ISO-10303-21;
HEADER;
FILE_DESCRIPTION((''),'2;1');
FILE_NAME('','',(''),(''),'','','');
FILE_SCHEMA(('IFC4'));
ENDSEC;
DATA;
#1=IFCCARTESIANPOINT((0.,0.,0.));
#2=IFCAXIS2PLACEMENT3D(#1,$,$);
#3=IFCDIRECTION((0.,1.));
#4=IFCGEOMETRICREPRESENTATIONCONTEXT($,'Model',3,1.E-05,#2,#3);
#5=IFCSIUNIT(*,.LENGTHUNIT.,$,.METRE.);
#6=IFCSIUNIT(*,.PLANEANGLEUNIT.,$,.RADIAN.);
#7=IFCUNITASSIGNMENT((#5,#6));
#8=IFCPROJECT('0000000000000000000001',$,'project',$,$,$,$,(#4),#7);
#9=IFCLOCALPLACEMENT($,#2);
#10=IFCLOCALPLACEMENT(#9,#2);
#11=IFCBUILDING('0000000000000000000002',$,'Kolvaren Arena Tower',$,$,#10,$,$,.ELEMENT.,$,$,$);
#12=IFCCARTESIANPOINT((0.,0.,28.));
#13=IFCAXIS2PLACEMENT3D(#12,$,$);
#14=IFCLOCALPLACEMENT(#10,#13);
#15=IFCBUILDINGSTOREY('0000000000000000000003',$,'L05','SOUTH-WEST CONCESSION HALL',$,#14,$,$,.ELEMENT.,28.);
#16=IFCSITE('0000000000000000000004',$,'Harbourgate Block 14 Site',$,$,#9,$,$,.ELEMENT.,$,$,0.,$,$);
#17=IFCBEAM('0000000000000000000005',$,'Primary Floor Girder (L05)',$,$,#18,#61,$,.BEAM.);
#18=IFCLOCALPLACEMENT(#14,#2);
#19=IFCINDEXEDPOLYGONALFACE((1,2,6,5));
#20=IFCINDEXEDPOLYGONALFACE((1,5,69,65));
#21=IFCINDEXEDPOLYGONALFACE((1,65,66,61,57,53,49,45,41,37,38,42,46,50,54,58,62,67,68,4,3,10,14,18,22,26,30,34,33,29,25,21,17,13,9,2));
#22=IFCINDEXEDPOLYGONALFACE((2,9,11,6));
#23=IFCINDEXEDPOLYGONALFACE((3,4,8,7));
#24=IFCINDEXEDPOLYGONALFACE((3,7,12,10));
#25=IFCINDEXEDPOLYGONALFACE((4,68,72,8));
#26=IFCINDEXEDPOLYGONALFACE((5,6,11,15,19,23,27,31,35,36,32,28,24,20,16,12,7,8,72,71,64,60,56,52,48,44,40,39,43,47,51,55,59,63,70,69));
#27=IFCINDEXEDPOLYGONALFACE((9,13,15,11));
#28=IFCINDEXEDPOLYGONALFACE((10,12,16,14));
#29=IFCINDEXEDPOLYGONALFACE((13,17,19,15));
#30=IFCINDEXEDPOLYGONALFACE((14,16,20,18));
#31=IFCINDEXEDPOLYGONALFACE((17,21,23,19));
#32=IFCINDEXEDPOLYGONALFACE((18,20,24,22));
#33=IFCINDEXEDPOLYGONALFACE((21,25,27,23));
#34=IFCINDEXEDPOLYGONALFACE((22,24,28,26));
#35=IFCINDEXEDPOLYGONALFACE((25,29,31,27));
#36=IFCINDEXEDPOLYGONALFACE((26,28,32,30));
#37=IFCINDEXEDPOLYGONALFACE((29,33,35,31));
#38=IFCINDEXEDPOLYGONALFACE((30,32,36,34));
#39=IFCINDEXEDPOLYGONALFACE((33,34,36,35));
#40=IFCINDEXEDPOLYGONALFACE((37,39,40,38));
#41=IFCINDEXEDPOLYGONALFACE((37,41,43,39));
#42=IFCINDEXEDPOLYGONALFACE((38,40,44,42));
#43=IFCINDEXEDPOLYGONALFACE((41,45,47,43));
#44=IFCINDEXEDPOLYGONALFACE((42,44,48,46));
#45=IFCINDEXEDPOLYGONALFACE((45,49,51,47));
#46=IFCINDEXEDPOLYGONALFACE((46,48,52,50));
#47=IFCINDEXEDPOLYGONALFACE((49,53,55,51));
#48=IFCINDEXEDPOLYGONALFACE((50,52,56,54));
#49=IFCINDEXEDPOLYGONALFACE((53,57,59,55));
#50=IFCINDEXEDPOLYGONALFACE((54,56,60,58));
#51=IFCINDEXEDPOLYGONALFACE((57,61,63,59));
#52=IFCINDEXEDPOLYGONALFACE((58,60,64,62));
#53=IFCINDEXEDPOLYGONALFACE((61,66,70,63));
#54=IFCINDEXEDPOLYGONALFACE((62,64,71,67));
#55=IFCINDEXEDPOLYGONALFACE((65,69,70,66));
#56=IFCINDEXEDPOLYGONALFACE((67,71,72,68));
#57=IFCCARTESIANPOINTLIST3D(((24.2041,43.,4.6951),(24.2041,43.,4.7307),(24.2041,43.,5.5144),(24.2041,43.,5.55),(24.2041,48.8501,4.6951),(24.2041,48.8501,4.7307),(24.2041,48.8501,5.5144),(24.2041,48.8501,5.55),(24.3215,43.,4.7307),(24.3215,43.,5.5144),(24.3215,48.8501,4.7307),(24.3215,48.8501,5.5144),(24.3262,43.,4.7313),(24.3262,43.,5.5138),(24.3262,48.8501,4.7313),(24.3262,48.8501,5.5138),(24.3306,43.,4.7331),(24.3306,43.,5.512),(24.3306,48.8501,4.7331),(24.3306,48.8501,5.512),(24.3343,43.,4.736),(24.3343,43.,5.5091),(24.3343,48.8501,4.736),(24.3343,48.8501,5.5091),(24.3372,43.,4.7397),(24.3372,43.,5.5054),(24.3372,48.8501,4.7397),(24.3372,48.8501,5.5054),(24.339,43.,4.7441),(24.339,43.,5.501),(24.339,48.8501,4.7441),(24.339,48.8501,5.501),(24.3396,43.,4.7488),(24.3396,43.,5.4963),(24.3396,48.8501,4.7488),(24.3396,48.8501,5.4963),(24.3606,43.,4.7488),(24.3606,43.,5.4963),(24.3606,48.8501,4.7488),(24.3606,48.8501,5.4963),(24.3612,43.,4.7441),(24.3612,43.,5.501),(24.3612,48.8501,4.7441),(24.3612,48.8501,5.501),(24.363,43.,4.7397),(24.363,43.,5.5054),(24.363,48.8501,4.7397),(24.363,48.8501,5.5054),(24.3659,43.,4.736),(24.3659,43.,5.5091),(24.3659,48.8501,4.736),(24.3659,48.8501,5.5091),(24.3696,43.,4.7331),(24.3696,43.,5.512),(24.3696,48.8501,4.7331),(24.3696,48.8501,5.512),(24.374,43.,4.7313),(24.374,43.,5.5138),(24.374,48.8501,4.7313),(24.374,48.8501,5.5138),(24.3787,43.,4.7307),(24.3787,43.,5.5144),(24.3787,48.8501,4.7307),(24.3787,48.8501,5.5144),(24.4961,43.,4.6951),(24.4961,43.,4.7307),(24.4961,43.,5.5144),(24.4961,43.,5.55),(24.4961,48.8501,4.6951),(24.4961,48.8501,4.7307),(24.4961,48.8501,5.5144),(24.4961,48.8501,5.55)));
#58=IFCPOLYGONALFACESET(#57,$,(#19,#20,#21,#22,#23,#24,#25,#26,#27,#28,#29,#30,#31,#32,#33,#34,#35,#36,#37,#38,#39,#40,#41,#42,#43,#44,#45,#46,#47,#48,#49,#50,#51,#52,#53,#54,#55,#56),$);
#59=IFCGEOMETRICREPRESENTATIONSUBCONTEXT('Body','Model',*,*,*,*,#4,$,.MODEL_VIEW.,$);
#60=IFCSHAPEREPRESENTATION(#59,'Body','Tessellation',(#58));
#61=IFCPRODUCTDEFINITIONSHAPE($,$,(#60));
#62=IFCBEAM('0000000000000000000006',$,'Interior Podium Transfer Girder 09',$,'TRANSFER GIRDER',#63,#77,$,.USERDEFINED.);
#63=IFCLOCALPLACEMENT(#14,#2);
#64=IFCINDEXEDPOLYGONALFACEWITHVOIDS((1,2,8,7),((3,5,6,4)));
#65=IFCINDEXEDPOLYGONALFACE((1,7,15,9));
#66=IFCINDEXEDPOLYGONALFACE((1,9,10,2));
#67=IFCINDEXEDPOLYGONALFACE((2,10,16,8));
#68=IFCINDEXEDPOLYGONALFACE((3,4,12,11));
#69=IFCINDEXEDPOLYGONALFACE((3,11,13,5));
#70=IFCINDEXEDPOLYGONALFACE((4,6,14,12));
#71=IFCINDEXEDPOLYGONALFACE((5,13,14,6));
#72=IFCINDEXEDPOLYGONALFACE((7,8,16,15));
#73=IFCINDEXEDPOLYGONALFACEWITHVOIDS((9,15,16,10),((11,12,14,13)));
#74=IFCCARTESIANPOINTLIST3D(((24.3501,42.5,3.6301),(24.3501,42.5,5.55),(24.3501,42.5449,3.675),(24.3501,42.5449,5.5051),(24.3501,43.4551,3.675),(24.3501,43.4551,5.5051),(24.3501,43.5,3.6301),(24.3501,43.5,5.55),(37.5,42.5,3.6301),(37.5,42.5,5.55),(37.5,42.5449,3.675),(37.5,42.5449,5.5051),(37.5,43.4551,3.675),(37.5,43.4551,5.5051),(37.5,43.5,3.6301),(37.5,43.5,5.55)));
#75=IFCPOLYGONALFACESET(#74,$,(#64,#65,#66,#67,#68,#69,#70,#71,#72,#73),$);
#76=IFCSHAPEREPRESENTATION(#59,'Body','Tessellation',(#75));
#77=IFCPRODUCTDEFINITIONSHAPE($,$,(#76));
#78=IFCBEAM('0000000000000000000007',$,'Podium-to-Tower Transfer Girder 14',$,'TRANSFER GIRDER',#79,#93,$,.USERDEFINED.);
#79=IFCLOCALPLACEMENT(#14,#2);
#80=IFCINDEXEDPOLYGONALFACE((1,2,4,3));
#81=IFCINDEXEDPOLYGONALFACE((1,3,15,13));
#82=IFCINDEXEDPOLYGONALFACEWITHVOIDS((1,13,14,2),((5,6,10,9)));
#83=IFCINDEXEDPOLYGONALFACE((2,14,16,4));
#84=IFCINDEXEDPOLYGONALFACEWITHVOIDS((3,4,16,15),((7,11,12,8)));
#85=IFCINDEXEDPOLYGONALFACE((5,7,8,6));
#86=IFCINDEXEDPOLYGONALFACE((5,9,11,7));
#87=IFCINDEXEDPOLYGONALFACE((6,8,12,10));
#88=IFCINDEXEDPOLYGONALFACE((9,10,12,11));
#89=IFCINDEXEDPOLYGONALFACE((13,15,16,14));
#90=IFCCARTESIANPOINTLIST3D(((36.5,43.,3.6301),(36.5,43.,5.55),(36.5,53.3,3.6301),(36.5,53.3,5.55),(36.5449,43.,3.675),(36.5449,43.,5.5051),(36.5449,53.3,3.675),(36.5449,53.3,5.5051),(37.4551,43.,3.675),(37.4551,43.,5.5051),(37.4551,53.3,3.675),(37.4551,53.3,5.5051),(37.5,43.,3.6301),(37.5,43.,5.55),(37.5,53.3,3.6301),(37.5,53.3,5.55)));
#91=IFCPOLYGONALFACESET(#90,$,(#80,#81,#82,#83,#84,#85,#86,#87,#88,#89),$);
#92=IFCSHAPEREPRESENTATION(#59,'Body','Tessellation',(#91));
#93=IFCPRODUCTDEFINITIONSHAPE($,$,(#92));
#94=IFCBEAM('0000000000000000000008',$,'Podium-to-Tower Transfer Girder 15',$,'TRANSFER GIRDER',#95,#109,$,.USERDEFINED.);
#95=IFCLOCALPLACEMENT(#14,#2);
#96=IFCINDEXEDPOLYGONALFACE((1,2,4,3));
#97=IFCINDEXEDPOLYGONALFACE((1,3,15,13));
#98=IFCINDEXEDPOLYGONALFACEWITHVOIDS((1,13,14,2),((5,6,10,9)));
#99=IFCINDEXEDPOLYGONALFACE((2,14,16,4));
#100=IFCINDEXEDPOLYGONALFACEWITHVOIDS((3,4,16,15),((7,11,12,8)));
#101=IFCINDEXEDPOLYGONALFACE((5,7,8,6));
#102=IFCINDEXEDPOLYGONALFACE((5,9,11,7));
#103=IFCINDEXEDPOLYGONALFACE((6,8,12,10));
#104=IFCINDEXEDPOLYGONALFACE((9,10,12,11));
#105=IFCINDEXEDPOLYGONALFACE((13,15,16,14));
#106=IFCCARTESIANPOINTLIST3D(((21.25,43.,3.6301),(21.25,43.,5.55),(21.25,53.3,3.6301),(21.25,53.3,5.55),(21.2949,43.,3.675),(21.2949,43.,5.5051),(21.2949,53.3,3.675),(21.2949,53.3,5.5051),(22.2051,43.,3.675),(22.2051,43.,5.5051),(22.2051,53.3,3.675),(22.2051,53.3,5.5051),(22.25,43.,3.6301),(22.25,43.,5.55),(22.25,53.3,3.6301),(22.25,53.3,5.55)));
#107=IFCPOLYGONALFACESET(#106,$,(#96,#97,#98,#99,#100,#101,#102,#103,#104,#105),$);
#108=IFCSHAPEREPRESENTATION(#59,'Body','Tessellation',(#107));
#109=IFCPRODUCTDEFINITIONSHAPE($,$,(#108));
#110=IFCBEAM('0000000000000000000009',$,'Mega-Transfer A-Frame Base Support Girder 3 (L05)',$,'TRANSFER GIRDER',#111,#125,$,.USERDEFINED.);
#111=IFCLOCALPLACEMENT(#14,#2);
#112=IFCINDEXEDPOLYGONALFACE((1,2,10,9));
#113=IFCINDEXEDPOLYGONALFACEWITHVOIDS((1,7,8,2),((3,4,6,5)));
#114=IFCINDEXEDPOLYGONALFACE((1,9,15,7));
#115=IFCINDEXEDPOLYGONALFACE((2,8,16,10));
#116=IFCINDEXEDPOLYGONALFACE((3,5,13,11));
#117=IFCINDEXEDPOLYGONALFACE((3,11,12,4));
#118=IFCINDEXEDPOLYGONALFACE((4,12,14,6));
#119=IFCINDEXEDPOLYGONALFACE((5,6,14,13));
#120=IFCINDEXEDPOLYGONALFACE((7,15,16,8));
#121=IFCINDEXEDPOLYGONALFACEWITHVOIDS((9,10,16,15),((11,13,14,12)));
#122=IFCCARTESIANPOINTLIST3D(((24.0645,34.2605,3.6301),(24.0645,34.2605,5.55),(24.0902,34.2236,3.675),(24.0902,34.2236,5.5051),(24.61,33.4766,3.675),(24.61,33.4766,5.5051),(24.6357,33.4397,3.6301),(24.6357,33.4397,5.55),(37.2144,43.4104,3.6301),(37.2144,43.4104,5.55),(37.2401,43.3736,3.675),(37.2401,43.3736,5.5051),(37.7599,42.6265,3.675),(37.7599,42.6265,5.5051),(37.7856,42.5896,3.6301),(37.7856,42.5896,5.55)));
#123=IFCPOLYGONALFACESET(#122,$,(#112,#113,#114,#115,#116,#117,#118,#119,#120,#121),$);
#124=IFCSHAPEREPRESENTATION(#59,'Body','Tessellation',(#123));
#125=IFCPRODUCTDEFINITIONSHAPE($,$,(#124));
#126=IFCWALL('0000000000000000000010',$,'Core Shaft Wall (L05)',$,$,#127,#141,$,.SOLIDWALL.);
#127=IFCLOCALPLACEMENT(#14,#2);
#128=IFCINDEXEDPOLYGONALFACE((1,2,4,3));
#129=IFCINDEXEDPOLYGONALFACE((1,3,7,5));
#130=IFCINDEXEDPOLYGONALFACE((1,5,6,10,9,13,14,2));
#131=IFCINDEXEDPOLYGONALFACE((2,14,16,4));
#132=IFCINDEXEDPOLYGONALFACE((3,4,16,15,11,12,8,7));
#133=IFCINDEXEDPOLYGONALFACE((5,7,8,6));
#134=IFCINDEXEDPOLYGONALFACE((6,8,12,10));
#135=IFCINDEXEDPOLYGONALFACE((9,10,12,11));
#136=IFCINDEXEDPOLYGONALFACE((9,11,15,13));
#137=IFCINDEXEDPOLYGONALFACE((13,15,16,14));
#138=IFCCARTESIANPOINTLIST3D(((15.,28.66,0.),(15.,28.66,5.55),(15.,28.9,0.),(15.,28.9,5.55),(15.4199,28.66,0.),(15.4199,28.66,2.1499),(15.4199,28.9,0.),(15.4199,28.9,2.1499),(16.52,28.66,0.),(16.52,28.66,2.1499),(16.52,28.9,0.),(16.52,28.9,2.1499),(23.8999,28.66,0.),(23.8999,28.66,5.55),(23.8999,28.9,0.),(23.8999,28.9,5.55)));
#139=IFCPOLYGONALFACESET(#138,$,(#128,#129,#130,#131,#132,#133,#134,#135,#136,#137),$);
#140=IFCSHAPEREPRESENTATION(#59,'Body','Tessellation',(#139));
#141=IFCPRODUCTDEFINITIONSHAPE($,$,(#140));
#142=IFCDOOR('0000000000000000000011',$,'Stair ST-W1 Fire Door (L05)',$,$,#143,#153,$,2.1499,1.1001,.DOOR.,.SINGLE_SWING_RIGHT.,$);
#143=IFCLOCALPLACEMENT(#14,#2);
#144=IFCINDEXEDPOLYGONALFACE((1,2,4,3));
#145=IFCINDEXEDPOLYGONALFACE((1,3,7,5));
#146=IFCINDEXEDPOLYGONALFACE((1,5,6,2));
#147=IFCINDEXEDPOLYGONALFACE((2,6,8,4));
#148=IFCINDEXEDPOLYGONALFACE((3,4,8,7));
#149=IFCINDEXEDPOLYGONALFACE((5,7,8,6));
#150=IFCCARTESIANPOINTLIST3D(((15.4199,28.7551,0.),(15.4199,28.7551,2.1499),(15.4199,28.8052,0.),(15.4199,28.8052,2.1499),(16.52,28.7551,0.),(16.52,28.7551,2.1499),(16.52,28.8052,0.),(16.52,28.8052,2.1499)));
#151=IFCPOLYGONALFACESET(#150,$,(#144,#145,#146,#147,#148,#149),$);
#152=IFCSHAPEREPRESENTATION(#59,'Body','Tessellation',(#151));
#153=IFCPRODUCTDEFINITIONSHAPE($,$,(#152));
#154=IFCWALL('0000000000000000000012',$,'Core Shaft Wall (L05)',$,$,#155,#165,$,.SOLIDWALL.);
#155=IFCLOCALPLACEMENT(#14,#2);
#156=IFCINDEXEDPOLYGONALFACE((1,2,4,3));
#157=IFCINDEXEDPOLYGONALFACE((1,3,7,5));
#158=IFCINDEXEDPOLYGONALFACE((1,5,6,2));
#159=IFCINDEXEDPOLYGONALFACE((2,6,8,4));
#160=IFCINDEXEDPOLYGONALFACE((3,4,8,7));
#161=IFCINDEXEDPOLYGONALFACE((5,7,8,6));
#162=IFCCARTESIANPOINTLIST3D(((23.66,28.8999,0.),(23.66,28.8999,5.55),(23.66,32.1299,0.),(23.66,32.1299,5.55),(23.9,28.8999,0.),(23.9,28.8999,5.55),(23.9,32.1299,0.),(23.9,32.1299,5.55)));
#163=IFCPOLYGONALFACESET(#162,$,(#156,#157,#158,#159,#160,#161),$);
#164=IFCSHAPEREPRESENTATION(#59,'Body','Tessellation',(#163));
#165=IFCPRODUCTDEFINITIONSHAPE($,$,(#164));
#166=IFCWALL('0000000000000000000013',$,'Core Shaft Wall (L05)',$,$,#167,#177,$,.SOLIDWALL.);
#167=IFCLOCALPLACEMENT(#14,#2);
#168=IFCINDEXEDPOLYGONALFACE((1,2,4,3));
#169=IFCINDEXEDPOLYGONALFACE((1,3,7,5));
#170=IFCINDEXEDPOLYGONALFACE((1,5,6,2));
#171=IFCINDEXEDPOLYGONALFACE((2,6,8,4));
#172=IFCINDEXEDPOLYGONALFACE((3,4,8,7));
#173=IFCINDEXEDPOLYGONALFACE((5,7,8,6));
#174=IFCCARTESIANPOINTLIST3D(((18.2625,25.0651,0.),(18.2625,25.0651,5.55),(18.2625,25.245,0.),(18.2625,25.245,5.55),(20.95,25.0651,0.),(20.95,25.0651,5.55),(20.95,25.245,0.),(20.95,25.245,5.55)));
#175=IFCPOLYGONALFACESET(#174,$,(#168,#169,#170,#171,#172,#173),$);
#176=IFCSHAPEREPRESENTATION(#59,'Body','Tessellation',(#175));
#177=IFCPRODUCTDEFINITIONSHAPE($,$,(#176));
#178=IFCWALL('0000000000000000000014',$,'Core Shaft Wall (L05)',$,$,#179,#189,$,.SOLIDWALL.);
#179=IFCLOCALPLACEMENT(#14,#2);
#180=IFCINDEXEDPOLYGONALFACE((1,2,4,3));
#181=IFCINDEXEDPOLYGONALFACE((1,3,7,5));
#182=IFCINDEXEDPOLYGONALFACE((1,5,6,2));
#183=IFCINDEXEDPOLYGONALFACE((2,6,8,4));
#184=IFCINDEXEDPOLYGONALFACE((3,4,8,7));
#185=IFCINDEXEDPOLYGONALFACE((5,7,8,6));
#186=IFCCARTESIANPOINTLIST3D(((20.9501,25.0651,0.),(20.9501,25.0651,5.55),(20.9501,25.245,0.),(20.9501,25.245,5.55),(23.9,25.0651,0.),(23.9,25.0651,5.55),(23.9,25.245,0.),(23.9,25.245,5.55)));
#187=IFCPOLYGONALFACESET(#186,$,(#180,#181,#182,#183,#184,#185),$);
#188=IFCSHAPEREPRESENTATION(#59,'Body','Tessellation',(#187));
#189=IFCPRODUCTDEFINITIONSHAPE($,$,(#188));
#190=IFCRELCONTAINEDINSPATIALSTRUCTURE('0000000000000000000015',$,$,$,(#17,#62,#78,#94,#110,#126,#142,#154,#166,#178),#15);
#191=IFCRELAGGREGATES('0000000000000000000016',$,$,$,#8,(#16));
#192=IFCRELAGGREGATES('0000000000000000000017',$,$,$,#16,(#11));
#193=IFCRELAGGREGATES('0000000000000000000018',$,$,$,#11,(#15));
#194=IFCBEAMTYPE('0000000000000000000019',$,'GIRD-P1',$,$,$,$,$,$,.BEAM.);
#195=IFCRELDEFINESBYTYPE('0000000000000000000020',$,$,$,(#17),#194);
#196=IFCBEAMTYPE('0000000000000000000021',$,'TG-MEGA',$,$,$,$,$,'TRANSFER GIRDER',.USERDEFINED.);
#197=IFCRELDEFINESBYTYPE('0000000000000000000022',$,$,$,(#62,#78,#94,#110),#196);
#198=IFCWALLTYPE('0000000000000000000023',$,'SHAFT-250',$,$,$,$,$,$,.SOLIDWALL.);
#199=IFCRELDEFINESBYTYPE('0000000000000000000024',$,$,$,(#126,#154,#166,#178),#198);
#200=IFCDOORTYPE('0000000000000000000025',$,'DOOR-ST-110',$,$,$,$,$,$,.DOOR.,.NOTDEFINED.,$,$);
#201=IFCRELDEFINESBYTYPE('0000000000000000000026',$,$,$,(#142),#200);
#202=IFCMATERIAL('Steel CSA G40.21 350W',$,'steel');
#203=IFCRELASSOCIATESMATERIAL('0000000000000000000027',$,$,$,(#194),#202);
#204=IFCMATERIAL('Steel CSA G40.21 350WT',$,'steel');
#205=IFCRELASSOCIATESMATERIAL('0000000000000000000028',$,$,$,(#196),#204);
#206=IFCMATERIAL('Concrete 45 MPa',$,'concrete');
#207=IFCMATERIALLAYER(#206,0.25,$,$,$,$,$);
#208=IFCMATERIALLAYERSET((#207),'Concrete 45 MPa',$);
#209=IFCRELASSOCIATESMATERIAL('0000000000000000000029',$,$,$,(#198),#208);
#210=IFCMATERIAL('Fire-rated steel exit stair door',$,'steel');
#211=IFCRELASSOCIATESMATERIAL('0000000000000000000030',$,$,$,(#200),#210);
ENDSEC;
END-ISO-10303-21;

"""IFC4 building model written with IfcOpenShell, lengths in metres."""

from ifc_helpers import new_model, si_unit, direction, frame, frame_2d, origin, origin_2d, place, context, subcontext, project, spatial, rectangle, hollow_rectangle, i_section, extrude, material, layer, layer_set, material_profile, profile_set, type_object, element, fill, save


model = new_model("IFC4")

# Units and contexts
model_context = context("Model", 3, precision=1e-05, world=origin(), true_north=direction((0.0, 1.0)))
body_context = subcontext(model_context, "Body", "Model", "MODEL_VIEW")
ifc_project = project(units=[si_unit("LENGTHUNIT", "METRE"), si_unit("PLANEANGLEUNIT", "RADIAN")], contexts=[model_context])

# Site, building, storey
site_placement = place(None, origin())
site = spatial("IfcSite", under=ifc_project, at=site_placement, Name="Harbourgate Block 14 Site", CompositionType="ELEMENT", RefElevation=0.0)
building_placement = place(site_placement, origin())
building = spatial("IfcBuilding", under=site, at=building_placement, Name="Kolvaren Arena Tower", CompositionType="ELEMENT")
storey_placement = place(building_placement, frame((0.0, 0.0, 28.0)))
storey = spatial("IfcBuildingStorey", under=building, at=storey_placement, Name="L05", Description="SOUTH-WEST CONCESSION HALL", CompositionType="ELEMENT", Elevation=28.0)

# Beams
ifc_material_1 = material(Name="Steel CSA G40.21 350W", Category="steel")
ifc_material_profile_1 = material_profile(ifc_material_1, i_section(OverallWidth=0.292, OverallDepth=0.855, WebThickness=0.021, FlangeThickness=0.0356, FilletRadius=0.0181, at=origin_2d()), Name="W840x299")
ifc_profile_set_1 = profile_set([ifc_material_profile_1], Name="Steel CSA G40.21 350W")
beam_type_1 = type_object("IfcBeamType", Name="GIRD-P1", PredefinedType="BEAM", material=ifc_profile_set_1)
beam_1_placement = place(storey_placement, frame((24.3501, 43.0, 5.1226), z_axis=(0.0, 1.0, 0.0), x_axis=(-1.0, 0.0, 0.0)))
element("IfcBeam", 1, at=beam_1_placement, inside=storey, type_object=beam_type_1, Name="Primary Floor Girder (L05)", PredefinedType="BEAM", context=body_context, shape_type="SweptSolid", body=[
    extrude(i_section(OverallWidth=0.292, OverallDepth=0.855, WebThickness=0.021, FlangeThickness=0.0356, FilletRadius=0.0181, at=origin_2d()), origin(), (0.0, 0.0, 1.0), 5.8501),
])
ifc_material_2 = material(Name="Steel CSA G40.21 350WT", Category="steel")
ifc_material_profile_2 = material_profile(ifc_material_2, hollow_rectangle(XDim=1.0, YDim=1.9199, WallThickness=0.0449, at=origin_2d()), Name="BOX 1000x1920x45")
ifc_profile_set_2 = profile_set([ifc_material_profile_2], Name="Steel CSA G40.21 350WT")
beam_type_2 = type_object("IfcBeamType", Name="TG-MEGA", ElementType="TRANSFER GIRDER", PredefinedType="USERDEFINED", material=ifc_profile_set_2)
beam_2_placement = place(storey_placement, frame((24.3501, 43.0, 4.5901), z_axis=(1.0, 0.0, 0.0), x_axis=(0.0, 1.0, 0.0)))
element("IfcBeam", 2, at=beam_2_placement, inside=storey, type_object=beam_type_2, Name="Interior Podium Transfer Girder 09", ObjectType="TRANSFER GIRDER", PredefinedType="USERDEFINED", context=body_context, shape_type="SweptSolid", body=[
    extrude(hollow_rectangle(XDim=1.0, YDim=1.9199, WallThickness=0.0449, at=origin_2d()), origin(), (0.0, 0.0, 1.0), 13.1499),
])
for number, where, z_axis, x_axis, name in (
    (3, (37.0, 43.0, 4.5901), (0.0, 1.0, 0.0), (-1.0, 0.0, 0.0), "Podium-to-Tower Transfer Girder 14"),
    (4, (21.75, 43.0, 4.5901), (0.0, 1.0, 0.0), (-1.0, 0.0, 0.0), "Podium-to-Tower Transfer Girder 15"),
):
    element("IfcBeam", number, at=place(storey_placement, frame(where, z_axis=z_axis, x_axis=x_axis)), inside=storey, type_object=beam_type_2, Name=name, ObjectType="TRANSFER GIRDER", PredefinedType="USERDEFINED", context=body_context, shape_type="SweptSolid", body=[
        extrude(hollow_rectangle(XDim=1.0, YDim=1.9199, WallThickness=0.0449, at=origin_2d()), origin(), (0.0, 0.0, 1.0), 10.3),
    ])
beam_3_placement = place(storey_placement, frame((24.3501, 33.8501, 4.5901), z_axis=(0.820842, 0.571155, 0.0), x_axis=(-0.571155, 0.820842, 0.0)))
element("IfcBeam", 5, at=beam_3_placement, inside=storey, type_object=beam_type_2, Name="Mega-Transfer A-Frame Base Support Girder 3 (L05)", ObjectType="TRANSFER GIRDER", PredefinedType="USERDEFINED", context=body_context, shape_type="SweptSolid", body=[
    extrude(hollow_rectangle(XDim=1.0, YDim=1.9199, WallThickness=0.0449, at=origin_2d()), origin(), (0.0, 0.0, 1.0), 16.02),
])

# Wall, opening, door
ifc_material_3 = material(Name="Concrete 45 MPa", Category="concrete")
ifc_layer = layer(ifc_material_3, 0.25)
ifc_layer_set = layer_set([ifc_layer], Name="Concrete 45 MPa")
wall_type = type_object("IfcWallType", Name="SHAFT-250", PredefinedType="SOLIDWALL", material=ifc_layer_set)
wall_1_placement = place(storey_placement, frame((23.8999, 28.78, 0.0), z_axis=(0.0, 0.0, 1.0), x_axis=(-1.0, 0.0, 0.0)))
wall_1 = element("IfcWall", 6, at=wall_1_placement, inside=storey, type_object=wall_type, Name="Core Shaft Wall (L05)", PredefinedType="SOLIDWALL", context=body_context, shape_type="SweptSolid", body=[
    extrude(rectangle(XDim=8.8999, YDim=0.24, at=frame_2d((4.45, 0.0))), origin(), (0.0, 0.0, 1.0), 5.55),
])
opening_placement = place(wall_1_placement, frame((7.3799, 0.0, 0.0)))
opening = element("IfcOpeningElement", 7, at=opening_placement, cuts=wall_1, PredefinedType="OPENING", context=body_context, shape_type="SweptSolid", body=[
    extrude(rectangle(XDim=1.1001, YDim=2.1499, at=frame_2d((0.55, 1.075))), frame((0.0, 0.1299, 0.0), z_axis=(0.0, -1.0, 0.0), x_axis=(1.0, 0.0, 0.0)), (0.0, 0.0, 1.0), 0.26),
])
ifc_material_4 = material(Name="Fire-rated steel exit stair door", Category="steel")
door_type = type_object("IfcDoorType", Name="DOOR-ST-110", OperationType="NOTDEFINED", PredefinedType="DOOR", material=ifc_material_4)
door_placement = place(opening_placement, origin())
door = element("IfcDoor", 8, at=door_placement, inside=storey, type_object=door_type, Name="Stair ST-W1 Fire Door (L05)", OperationType="SINGLE_SWING_RIGHT", OverallHeight=2.1499, OverallWidth=1.1001, PredefinedType="DOOR", context=body_context, shape_type="SweptSolid", body=[
    extrude(rectangle(XDim=1.1001, YDim=2.1499, at=frame_2d((0.55, 1.075))), frame((0.0, 0.0249, 0.0), z_axis=(0.0, -1.0, 0.0), x_axis=(1.0, 0.0, 0.0)), (0.0, 0.0, 1.0), 0.05),
])
fill(opening, door)

# Walls
wall_2_placement = place(storey_placement, frame((23.78, 28.8999, 0.0), z_axis=(0.0, 0.0, 1.0), x_axis=(0.0, 1.0, 0.0)))
element("IfcWall", 9, at=wall_2_placement, inside=storey, type_object=wall_type, Name="Core Shaft Wall (L05)", PredefinedType="SOLIDWALL", context=body_context, shape_type="SweptSolid", body=[
    extrude(rectangle(XDim=3.23, YDim=0.24, at=frame_2d((1.615, 0.0))), origin(), (0.0, 0.0, 1.0), 5.55),
])
wall_3_placement = place(storey_placement, frame((18.2625, 25.155, 0.0), z_axis=(0.0, 0.0, 1.0), x_axis=(1.0, 0.0, 0.0)))
element("IfcWall", 10, at=wall_3_placement, inside=storey, type_object=wall_type, Name="Core Shaft Wall (L05)", PredefinedType="SOLIDWALL", context=body_context, shape_type="SweptSolid", body=[
    extrude(rectangle(XDim=2.6875, YDim=0.1799, at=frame_2d((1.3438, 0.0))), origin(), (0.0, 0.0, 1.0), 5.55),
])
wall_4_placement = place(storey_placement, frame((20.95, 25.155, 0.0), z_axis=(0.0, 0.0, 1.0), x_axis=(1.0, 0.0, 0.0)))
element("IfcWall", 11, at=wall_4_placement, inside=storey, type_object=wall_type, Name="Core Shaft Wall (L05)", PredefinedType="SOLIDWALL", context=body_context, shape_type="SweptSolid", body=[
    extrude(rectangle(XDim=2.95, YDim=0.1799, at=frame_2d((1.4751, 0.0))), origin(), (0.0, 0.0, 1.0), 5.55),
])

save(model, "model.ifc")
